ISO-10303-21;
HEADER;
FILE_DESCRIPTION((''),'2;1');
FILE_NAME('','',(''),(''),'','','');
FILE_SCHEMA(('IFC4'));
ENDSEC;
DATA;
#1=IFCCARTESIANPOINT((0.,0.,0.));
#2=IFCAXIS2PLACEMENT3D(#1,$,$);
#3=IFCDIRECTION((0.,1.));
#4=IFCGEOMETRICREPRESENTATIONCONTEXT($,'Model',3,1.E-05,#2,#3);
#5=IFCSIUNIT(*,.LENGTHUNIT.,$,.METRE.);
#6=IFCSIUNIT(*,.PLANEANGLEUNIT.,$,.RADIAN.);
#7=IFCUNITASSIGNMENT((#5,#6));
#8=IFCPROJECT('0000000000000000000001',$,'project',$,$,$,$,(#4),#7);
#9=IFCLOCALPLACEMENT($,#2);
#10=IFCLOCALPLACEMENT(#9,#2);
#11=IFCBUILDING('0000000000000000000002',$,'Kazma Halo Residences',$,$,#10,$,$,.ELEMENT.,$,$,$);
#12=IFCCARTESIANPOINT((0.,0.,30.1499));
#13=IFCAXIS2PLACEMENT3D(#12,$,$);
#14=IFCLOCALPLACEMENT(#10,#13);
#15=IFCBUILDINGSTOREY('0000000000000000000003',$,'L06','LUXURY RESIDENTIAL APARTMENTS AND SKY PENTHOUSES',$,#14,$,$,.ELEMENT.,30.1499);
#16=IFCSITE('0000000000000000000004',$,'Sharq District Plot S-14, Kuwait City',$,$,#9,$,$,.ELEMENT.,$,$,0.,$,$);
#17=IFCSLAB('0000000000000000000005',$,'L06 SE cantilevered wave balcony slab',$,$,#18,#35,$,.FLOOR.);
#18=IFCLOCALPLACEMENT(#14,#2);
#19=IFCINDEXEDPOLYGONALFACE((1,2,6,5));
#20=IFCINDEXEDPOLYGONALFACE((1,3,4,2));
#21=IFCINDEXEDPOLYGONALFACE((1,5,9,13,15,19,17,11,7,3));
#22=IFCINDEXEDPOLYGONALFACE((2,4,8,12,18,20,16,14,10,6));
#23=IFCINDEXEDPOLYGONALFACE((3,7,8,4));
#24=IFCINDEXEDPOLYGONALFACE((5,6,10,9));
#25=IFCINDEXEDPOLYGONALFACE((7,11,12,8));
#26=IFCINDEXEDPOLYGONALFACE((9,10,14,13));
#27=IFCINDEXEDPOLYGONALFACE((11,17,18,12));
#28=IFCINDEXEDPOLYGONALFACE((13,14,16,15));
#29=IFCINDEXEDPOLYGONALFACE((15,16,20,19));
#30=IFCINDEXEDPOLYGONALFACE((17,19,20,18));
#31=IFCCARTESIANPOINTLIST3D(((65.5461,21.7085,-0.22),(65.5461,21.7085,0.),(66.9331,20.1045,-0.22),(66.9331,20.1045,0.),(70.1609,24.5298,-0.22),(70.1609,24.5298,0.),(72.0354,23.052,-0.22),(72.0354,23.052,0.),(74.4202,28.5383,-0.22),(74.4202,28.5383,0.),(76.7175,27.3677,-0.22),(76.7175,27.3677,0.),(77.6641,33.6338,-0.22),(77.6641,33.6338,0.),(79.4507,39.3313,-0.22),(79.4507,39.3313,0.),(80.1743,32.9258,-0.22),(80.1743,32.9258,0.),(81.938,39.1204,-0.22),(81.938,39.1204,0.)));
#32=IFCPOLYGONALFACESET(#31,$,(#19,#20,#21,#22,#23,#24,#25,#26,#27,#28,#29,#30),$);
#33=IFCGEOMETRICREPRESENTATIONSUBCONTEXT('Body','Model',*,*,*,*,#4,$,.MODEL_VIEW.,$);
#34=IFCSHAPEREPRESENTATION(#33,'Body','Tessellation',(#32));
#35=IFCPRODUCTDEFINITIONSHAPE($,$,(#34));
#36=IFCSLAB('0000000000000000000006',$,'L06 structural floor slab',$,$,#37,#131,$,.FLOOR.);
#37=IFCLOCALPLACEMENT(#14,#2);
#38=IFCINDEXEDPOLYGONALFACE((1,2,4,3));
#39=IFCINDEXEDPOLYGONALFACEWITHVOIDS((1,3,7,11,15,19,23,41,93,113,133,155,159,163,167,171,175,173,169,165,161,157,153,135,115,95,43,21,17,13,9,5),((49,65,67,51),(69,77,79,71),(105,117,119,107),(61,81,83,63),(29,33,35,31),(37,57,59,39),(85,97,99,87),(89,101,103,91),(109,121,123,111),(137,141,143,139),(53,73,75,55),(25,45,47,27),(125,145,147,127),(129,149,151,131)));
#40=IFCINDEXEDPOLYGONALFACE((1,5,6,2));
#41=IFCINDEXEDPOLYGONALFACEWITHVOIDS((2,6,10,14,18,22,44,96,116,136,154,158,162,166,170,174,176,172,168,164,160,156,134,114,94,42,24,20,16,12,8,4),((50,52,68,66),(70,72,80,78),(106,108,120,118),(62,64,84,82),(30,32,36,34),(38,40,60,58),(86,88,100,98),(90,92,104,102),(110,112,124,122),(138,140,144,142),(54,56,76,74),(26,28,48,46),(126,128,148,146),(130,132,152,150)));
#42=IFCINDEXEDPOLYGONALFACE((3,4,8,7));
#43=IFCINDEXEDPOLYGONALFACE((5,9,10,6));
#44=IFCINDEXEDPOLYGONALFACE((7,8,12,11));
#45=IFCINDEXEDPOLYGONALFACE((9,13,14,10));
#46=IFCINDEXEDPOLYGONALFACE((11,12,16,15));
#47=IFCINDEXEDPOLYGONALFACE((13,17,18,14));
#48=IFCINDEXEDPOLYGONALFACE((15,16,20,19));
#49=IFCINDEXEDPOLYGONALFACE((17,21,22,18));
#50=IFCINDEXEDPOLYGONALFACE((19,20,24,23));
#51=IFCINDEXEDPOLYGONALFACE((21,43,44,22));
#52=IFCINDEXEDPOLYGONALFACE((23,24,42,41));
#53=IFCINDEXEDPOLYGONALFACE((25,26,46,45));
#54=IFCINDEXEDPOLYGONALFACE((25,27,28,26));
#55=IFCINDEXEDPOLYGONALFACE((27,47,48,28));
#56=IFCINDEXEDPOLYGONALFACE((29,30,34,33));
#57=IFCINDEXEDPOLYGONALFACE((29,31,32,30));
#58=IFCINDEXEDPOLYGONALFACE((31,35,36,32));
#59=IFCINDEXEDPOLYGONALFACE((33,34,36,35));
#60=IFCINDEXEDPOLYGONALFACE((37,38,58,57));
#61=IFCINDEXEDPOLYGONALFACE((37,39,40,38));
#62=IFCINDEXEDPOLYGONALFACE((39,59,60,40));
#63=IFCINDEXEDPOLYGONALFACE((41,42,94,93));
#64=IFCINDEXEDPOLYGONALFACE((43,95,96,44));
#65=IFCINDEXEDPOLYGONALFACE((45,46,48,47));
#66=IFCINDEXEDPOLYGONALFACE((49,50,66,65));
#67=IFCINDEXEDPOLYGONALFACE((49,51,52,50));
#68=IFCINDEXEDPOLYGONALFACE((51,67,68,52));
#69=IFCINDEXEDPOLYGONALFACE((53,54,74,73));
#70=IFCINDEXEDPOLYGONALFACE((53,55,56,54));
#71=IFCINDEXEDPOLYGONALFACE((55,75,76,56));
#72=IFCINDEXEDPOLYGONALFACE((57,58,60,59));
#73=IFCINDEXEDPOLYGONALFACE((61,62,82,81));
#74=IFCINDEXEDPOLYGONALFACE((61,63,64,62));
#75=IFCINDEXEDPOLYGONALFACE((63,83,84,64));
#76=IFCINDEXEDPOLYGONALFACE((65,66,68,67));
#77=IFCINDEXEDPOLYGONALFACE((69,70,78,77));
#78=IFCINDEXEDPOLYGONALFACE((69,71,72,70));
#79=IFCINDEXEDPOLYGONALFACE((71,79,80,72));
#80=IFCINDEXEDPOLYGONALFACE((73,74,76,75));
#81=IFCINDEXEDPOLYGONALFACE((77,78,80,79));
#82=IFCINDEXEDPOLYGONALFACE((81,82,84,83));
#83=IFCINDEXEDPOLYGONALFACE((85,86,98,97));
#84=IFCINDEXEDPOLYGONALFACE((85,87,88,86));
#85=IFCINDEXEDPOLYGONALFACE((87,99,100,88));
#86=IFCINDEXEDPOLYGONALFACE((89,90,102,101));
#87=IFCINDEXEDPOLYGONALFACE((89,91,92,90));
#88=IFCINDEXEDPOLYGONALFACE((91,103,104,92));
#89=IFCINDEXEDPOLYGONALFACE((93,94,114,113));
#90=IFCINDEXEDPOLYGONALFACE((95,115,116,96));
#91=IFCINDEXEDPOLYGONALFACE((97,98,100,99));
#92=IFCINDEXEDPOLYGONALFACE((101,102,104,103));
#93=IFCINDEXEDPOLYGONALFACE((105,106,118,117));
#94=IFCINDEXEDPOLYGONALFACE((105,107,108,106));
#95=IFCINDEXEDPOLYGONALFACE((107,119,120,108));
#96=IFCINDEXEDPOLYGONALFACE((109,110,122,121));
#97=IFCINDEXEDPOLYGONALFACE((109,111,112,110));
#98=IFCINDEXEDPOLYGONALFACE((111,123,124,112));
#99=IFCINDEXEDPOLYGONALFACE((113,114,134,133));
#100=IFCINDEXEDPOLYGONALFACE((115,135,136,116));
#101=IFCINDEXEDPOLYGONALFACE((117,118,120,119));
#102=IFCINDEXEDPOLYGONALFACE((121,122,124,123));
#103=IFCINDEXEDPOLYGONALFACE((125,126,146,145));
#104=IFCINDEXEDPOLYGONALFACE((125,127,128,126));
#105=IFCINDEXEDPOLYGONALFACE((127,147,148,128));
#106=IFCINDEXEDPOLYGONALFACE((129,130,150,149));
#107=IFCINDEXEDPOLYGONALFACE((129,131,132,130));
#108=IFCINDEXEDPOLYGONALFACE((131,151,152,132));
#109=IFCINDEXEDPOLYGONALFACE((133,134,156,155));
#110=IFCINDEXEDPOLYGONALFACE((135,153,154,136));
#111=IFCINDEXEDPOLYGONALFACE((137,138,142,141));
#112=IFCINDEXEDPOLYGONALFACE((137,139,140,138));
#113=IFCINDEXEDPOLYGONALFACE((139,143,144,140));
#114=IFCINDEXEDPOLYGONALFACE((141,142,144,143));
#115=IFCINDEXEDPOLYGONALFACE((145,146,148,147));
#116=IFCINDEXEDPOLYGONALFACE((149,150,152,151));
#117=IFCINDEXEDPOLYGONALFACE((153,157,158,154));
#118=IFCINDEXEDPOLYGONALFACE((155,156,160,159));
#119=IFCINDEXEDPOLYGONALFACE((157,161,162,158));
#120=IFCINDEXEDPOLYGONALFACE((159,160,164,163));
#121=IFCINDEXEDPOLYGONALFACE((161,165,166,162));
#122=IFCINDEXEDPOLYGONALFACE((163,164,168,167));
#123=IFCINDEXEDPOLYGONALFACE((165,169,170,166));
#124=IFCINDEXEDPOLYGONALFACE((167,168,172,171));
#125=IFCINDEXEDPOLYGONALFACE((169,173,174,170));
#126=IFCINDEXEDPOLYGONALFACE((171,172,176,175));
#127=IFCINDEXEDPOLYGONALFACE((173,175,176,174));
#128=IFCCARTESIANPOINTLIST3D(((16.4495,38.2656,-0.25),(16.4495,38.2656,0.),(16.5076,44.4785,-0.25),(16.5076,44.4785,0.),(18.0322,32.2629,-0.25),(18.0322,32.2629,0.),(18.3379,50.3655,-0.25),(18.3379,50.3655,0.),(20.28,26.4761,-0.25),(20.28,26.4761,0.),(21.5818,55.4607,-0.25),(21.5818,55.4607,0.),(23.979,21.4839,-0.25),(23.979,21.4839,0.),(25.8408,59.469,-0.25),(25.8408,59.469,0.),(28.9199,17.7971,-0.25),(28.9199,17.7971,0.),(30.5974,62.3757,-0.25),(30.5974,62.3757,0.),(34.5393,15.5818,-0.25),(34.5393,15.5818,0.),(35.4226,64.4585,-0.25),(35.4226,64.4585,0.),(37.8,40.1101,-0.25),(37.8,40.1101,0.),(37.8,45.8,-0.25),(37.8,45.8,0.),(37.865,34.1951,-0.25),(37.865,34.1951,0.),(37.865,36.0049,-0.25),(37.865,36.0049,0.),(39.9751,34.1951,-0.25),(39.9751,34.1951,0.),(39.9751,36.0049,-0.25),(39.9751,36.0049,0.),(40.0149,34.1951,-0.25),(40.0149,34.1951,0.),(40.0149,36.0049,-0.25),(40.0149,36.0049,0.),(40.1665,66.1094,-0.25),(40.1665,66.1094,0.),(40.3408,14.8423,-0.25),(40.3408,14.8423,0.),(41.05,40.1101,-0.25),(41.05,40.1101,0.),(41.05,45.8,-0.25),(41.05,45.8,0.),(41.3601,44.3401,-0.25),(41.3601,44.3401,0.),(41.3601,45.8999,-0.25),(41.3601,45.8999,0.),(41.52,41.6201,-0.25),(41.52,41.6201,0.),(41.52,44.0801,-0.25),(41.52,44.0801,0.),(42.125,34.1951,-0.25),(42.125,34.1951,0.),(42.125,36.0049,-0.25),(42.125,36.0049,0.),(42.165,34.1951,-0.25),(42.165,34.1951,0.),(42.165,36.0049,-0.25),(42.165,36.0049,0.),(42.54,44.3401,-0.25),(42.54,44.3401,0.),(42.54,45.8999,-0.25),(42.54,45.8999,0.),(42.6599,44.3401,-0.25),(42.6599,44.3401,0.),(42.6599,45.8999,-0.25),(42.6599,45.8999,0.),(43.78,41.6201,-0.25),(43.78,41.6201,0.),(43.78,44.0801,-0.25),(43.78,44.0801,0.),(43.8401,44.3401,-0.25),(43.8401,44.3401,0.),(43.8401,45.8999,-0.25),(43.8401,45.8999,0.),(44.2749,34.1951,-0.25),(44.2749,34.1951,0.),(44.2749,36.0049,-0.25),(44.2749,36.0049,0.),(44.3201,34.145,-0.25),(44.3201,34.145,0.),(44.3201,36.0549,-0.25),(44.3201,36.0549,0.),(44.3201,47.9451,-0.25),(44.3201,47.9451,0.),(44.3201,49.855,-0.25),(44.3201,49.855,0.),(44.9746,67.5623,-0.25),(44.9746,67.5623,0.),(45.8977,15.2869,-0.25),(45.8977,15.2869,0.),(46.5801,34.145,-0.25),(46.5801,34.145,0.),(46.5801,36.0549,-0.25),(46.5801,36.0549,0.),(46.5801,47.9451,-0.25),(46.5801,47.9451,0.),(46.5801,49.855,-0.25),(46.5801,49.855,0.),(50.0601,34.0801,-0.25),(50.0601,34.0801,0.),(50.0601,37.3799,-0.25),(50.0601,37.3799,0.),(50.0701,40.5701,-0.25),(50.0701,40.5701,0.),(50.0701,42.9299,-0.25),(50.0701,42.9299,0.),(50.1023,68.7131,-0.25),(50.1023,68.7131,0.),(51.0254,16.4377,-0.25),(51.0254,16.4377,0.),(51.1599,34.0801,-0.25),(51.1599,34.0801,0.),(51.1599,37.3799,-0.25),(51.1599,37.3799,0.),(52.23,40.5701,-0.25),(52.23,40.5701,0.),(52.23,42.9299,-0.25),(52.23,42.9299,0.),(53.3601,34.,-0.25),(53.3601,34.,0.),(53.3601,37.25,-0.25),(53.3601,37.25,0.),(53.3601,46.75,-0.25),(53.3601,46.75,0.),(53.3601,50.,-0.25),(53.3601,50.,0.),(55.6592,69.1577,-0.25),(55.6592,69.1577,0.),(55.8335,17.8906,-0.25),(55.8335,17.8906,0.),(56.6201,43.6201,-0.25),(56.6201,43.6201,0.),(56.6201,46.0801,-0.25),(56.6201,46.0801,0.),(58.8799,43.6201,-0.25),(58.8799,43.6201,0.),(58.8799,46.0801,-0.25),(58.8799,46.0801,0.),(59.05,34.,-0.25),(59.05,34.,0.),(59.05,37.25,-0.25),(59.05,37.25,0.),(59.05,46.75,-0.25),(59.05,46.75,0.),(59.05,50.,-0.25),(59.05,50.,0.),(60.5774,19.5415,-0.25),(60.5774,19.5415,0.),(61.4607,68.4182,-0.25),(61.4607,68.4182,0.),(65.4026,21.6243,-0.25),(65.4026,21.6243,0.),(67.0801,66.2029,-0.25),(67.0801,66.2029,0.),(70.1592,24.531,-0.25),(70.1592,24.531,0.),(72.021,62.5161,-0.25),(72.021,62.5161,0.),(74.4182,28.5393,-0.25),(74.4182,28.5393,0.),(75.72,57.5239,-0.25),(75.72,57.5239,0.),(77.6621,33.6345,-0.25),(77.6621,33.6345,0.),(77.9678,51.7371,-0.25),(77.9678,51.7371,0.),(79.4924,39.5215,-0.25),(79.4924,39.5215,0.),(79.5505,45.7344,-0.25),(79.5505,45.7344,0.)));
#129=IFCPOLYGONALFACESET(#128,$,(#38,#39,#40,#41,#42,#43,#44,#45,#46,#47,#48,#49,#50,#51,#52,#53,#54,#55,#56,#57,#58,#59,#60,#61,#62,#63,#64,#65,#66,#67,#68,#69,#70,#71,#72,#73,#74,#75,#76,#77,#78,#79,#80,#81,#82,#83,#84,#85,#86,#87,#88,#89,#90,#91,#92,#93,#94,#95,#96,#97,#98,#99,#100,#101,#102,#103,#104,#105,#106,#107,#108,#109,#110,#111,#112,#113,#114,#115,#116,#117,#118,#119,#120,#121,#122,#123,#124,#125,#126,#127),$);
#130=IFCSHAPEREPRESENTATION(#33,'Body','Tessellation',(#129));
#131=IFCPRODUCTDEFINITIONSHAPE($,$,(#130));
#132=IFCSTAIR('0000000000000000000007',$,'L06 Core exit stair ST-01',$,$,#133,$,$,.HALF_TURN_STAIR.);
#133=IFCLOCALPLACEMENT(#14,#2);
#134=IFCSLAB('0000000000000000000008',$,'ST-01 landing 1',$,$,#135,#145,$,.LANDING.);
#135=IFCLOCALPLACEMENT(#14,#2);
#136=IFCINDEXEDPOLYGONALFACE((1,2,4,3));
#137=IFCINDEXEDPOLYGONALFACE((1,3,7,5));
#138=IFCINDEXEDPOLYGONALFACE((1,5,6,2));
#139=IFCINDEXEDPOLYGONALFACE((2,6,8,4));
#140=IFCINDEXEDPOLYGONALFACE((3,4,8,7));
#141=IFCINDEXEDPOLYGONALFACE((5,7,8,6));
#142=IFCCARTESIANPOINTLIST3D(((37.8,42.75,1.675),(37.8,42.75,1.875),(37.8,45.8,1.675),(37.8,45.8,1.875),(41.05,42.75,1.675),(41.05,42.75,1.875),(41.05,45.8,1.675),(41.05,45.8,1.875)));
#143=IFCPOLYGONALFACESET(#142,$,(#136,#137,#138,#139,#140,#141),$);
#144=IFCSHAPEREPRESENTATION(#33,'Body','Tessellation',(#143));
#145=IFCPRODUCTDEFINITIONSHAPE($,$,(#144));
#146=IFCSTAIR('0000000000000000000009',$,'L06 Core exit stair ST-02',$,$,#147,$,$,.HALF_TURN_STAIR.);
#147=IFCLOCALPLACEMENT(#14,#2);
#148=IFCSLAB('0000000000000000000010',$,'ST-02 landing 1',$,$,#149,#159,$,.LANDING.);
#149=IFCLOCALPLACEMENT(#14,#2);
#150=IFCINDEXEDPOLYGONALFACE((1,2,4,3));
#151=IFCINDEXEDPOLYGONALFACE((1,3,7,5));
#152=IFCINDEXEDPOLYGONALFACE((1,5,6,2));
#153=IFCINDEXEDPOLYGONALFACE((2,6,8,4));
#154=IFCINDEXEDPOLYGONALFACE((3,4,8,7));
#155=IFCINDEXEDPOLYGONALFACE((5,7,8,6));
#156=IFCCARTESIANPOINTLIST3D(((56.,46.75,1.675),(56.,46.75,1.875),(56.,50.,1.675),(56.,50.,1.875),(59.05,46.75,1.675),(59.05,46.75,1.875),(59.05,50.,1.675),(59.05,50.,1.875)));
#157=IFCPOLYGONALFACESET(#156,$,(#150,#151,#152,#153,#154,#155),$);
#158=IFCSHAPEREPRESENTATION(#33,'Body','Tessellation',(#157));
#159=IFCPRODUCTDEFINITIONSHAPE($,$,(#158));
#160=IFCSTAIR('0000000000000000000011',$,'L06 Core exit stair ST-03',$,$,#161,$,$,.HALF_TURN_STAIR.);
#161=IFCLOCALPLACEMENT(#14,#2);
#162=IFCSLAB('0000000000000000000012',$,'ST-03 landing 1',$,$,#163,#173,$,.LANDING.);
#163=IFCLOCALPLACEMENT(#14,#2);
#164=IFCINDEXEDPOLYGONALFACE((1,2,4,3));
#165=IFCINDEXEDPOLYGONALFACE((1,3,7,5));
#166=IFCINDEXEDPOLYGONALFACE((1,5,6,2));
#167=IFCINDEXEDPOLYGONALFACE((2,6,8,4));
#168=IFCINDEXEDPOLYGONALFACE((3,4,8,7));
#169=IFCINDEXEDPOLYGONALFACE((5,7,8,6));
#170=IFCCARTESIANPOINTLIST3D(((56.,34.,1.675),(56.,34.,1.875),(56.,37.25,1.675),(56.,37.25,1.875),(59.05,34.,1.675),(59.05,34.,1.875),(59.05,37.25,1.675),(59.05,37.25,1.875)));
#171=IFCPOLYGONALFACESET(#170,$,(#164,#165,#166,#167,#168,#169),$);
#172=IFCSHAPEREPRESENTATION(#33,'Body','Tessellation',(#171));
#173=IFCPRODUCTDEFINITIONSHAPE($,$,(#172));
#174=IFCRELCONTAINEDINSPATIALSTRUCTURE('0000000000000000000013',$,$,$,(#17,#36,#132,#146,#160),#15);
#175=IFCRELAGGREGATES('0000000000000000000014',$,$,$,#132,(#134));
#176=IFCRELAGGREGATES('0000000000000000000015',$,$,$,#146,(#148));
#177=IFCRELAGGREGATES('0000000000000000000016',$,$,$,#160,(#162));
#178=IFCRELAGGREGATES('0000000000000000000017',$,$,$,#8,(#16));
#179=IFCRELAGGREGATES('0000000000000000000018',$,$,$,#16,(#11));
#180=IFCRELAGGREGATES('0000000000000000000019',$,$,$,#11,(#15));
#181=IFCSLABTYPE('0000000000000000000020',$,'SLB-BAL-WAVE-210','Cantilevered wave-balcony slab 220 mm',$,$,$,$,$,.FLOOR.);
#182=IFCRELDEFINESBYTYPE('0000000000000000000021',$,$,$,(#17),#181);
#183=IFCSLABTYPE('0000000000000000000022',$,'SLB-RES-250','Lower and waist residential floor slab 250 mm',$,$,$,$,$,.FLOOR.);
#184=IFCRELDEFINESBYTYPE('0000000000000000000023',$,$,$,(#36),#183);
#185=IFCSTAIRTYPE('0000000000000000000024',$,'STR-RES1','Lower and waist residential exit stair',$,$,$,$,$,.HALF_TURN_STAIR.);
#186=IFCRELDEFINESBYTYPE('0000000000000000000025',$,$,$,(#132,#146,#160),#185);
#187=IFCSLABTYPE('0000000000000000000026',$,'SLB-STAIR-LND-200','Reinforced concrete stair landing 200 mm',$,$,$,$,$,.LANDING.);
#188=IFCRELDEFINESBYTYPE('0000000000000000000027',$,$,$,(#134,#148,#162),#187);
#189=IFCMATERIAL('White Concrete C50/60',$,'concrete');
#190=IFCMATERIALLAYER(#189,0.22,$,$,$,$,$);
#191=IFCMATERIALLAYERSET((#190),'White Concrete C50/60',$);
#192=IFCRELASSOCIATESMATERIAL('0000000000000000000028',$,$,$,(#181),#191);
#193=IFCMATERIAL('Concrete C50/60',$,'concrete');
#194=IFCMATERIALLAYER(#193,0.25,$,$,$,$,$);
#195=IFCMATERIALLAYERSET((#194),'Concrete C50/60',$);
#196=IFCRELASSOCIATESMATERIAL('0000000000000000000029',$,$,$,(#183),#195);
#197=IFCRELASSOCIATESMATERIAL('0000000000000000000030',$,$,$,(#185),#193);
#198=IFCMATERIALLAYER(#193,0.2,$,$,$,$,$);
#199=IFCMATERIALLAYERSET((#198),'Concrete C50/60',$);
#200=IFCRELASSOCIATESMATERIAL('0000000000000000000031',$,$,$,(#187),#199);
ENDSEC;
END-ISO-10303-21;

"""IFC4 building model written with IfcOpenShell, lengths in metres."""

from ifc_helpers import new_model, si_unit, direction, frame, origin, place, context, subcontext, project, spatial, polyline, outline, extrude, material, layer, layer_set, type_object, element, aggregate, save


model = new_model("IFC4")

# Units and contexts
model_context = context("Model", 3, precision=1e-05, world=origin(), true_north=direction((0.0, 1.0)))
body_context = subcontext(model_context, "Body", "Model", "MODEL_VIEW")
ifc_project = project(units=[si_unit("LENGTHUNIT", "METRE"), si_unit("PLANEANGLEUNIT", "RADIAN")], contexts=[model_context])

# Site, building, storey
site_placement = place(None, origin())
site = spatial("IfcSite", under=ifc_project, at=site_placement, Name="Sharq District Plot S-14, Kuwait City", CompositionType="ELEMENT", RefElevation=0.0)
building_placement = place(site_placement, origin())
building = spatial("IfcBuilding", under=site, at=building_placement, Name="Kazma Halo Residences", CompositionType="ELEMENT")
storey_placement = place(building_placement, frame((0.0, 0.0, 30.1499)))
storey = spatial("IfcBuildingStorey", under=building, at=storey_placement, Name="L06", Description="LUXURY RESIDENTIAL APARTMENTS AND SKY PENTHOUSES", CompositionType="ELEMENT", Elevation=30.1499)

# Slabs
ifc_material_1 = material(Name="White Concrete C50/60", Category="concrete")
ifc_layer_1 = layer(ifc_material_1, 0.22)
ifc_layer_set_1 = layer_set([ifc_layer_1], Name="White Concrete C50/60")
slab_type_1 = type_object("IfcSlabType", Name="SLB-BAL-WAVE-210", Description="Cantilevered wave-balcony slab 220 mm", PredefinedType="FLOOR", material=ifc_layer_set_1)
slab_1_placement = place(storey_placement, frame((0.0, 0.0, -0.22)))
element("IfcSlab", 1, at=slab_1_placement, inside=storey, type_object=slab_type_1, Name="L06 SE cantilevered wave balcony slab", PredefinedType="FLOOR", context=body_context, shape_type="SweptSolid", body=[
    extrude(outline(polyline([(65.5461, 21.7085), (70.1609, 24.5298), (74.4202, 28.5383), (77.6641, 33.6338), (79.4507, 39.3313), (81.938, 39.1204), (80.1743, 32.9258), (76.7175, 27.3677), (72.0354, 23.052), (66.9331, 20.1045), (65.5461, 21.7085)])), origin(), (0.0, 0.0, 1.0), 0.22),
])
ifc_material_2 = material(Name="Concrete C50/60", Category="concrete")
ifc_layer_2 = layer(ifc_material_2, 0.25)
ifc_layer_set_2 = layer_set([ifc_layer_2], Name="Concrete C50/60")
slab_type_2 = type_object("IfcSlabType", Name="SLB-RES-250", Description="Lower and waist residential floor slab 250 mm", PredefinedType="FLOOR", material=ifc_layer_set_2)
slab_2_placement = place(storey_placement, frame((0.0, 0.0, -0.25)))
element("IfcSlab", 2, at=slab_2_placement, inside=storey, type_object=slab_type_2, Name="L06 structural floor slab", PredefinedType="FLOOR", context=body_context, shape_type="SweptSolid", body=[
    extrude(outline(polyline([(77.9678, 51.7371), (75.72, 57.5239), (72.021, 62.5161), (67.0801, 66.2029), (61.4607, 68.4182), (55.6592, 69.1577), (50.1023, 68.7131), (44.9746, 67.5623), (40.1665, 66.1094), (35.4226, 64.4585), (30.5974, 62.3757), (25.8408, 59.469), (21.5818, 55.4607), (18.3379, 50.3655), (16.5076, 44.4785), (16.4495, 38.2656), (18.0322, 32.2629), (20.28, 26.4761), (23.979, 21.4839), (28.9199, 17.7971), (34.5393, 15.5818), (40.3408, 14.8423), (45.8977, 15.2869), (51.0254, 16.4377), (55.8335, 17.8906), (60.5774, 19.5415), (65.4026, 21.6243), (70.1592, 24.531), (74.4182, 28.5393), (77.6621, 33.6345), (79.4924, 39.5215), (79.5505, 45.7344), (77.9678, 51.7371)]), holes=[polyline([(37.8, 40.1101), (41.05, 40.1101), (41.05, 45.8), (37.8, 45.8), (37.8, 40.1101)]), polyline([(53.3601, 46.75), (59.05, 46.75), (59.05, 50.0), (53.3601, 50.0), (53.3601, 46.75)]), polyline([(53.3601, 34.0), (59.05, 34.0), (59.05, 37.25), (53.3601, 37.25), (53.3601, 34.0)]), polyline([(41.52, 41.6201), (43.78, 41.6201), (43.78, 44.0801), (41.52, 44.0801), (41.52, 41.6201)]), polyline([(56.6201, 43.6201), (58.8799, 43.6201), (58.8799, 46.0801), (56.6201, 46.0801), (56.6201, 43.6201)]), polyline([(37.865, 34.1951), (39.9751, 34.1951), (39.9751, 36.0049), (37.865, 36.0049), (37.865, 34.1951)]), polyline([(40.0149, 34.1951), (42.125, 34.1951), (42.125, 36.0049), (40.0149, 36.0049), (40.0149, 34.1951)]), polyline([(42.165, 34.1951), (44.2749, 34.1951), (44.2749, 36.0049), (42.165, 36.0049), (42.165, 34.1951)]), polyline([(44.3201, 47.9451), (46.5801, 47.9451), (46.5801, 49.855), (44.3201, 49.855), (44.3201, 47.9451)]), polyline([(44.3201, 34.145), (46.5801, 34.145), (46.5801, 36.0549), (44.3201, 36.0549), (44.3201, 34.145)]), polyline([(50.0701, 40.5701), (52.23, 40.5701), (52.23, 42.9299), (50.0701, 42.9299), (50.0701, 40.5701)]), polyline([(41.3601, 44.3401), (42.54, 44.3401), (42.54, 45.8999), (41.3601, 45.8999), (41.3601, 44.3401)]), polyline([(42.6599, 44.3401), (43.8401, 44.3401), (43.8401, 45.8999), (42.6599, 45.8999), (42.6599, 44.3401)]), polyline([(50.0601, 34.0801), (51.1599, 34.0801), (51.1599, 37.3799), (50.0601, 37.3799), (50.0601, 34.0801)])]), origin(), (0.0, 0.0, 1.0), 0.25),
])

# Stairs, slabs
stair_type = type_object("IfcStairType", Name="STR-RES1", Description="Lower and waist residential exit stair", PredefinedType="HALF_TURN_STAIR", material=ifc_material_2)
stair_1_placement = place(storey_placement, origin())
stair_1 = element("IfcStair", 3, at=stair_1_placement, inside=storey, type_object=stair_type, Name="L06 Core exit stair ST-01", PredefinedType="HALF_TURN_STAIR")
ifc_layer_3 = layer(ifc_material_2, 0.2)
ifc_layer_set_3 = layer_set([ifc_layer_3], Name="Concrete C50/60")
slab_type_3 = type_object("IfcSlabType", Name="SLB-STAIR-LND-200", Description="Reinforced concrete stair landing 200 mm", PredefinedType="LANDING", material=ifc_layer_set_3)
slab_3_placement = place(storey_placement, frame((0.0, 0.0, 1.675)))
slab_3 = element("IfcSlab", 4, at=slab_3_placement, type_object=slab_type_3, Name="ST-01 landing 1", PredefinedType="LANDING", context=body_context, shape_type="SweptSolid", body=[
    extrude(outline(polyline([(41.05, 42.75), (41.05, 45.8), (37.8, 45.8), (37.8, 42.75), (41.05, 42.75)])), origin(), (0.0, 0.0, 1.0), 0.2),
])
aggregate(stair_1, [slab_3])
stair_2_placement = place(storey_placement, origin())
stair_2 = element("IfcStair", 5, at=stair_2_placement, inside=storey, type_object=stair_type, Name="L06 Core exit stair ST-02", PredefinedType="HALF_TURN_STAIR")
slab_4_placement = place(storey_placement, frame((0.0, 0.0, 1.675)))
slab_4 = element("IfcSlab", 6, at=slab_4_placement, type_object=slab_type_3, Name="ST-02 landing 1", PredefinedType="LANDING", context=body_context, shape_type="SweptSolid", body=[
    extrude(outline(polyline([(56.0, 46.75), (59.05, 46.75), (59.05, 50.0), (56.0, 50.0), (56.0, 46.75)])), origin(), (0.0, 0.0, 1.0), 0.2),
])
aggregate(stair_2, [slab_4])
stair_3_placement = place(storey_placement, origin())
stair_3 = element("IfcStair", 7, at=stair_3_placement, inside=storey, type_object=stair_type, Name="L06 Core exit stair ST-03", PredefinedType="HALF_TURN_STAIR")
slab_5_placement = place(storey_placement, frame((0.0, 0.0, 1.675)))
slab_5 = element("IfcSlab", 8, at=slab_5_placement, type_object=slab_type_3, Name="ST-03 landing 1", PredefinedType="LANDING", context=body_context, shape_type="SweptSolid", body=[
    extrude(outline(polyline([(56.0, 34.0), (59.05, 34.0), (59.05, 37.25), (56.0, 37.25), (56.0, 34.0)])), origin(), (0.0, 0.0, 1.0), 0.2),
])
aggregate(stair_3, [slab_5])

save(model, "model.ifc")
